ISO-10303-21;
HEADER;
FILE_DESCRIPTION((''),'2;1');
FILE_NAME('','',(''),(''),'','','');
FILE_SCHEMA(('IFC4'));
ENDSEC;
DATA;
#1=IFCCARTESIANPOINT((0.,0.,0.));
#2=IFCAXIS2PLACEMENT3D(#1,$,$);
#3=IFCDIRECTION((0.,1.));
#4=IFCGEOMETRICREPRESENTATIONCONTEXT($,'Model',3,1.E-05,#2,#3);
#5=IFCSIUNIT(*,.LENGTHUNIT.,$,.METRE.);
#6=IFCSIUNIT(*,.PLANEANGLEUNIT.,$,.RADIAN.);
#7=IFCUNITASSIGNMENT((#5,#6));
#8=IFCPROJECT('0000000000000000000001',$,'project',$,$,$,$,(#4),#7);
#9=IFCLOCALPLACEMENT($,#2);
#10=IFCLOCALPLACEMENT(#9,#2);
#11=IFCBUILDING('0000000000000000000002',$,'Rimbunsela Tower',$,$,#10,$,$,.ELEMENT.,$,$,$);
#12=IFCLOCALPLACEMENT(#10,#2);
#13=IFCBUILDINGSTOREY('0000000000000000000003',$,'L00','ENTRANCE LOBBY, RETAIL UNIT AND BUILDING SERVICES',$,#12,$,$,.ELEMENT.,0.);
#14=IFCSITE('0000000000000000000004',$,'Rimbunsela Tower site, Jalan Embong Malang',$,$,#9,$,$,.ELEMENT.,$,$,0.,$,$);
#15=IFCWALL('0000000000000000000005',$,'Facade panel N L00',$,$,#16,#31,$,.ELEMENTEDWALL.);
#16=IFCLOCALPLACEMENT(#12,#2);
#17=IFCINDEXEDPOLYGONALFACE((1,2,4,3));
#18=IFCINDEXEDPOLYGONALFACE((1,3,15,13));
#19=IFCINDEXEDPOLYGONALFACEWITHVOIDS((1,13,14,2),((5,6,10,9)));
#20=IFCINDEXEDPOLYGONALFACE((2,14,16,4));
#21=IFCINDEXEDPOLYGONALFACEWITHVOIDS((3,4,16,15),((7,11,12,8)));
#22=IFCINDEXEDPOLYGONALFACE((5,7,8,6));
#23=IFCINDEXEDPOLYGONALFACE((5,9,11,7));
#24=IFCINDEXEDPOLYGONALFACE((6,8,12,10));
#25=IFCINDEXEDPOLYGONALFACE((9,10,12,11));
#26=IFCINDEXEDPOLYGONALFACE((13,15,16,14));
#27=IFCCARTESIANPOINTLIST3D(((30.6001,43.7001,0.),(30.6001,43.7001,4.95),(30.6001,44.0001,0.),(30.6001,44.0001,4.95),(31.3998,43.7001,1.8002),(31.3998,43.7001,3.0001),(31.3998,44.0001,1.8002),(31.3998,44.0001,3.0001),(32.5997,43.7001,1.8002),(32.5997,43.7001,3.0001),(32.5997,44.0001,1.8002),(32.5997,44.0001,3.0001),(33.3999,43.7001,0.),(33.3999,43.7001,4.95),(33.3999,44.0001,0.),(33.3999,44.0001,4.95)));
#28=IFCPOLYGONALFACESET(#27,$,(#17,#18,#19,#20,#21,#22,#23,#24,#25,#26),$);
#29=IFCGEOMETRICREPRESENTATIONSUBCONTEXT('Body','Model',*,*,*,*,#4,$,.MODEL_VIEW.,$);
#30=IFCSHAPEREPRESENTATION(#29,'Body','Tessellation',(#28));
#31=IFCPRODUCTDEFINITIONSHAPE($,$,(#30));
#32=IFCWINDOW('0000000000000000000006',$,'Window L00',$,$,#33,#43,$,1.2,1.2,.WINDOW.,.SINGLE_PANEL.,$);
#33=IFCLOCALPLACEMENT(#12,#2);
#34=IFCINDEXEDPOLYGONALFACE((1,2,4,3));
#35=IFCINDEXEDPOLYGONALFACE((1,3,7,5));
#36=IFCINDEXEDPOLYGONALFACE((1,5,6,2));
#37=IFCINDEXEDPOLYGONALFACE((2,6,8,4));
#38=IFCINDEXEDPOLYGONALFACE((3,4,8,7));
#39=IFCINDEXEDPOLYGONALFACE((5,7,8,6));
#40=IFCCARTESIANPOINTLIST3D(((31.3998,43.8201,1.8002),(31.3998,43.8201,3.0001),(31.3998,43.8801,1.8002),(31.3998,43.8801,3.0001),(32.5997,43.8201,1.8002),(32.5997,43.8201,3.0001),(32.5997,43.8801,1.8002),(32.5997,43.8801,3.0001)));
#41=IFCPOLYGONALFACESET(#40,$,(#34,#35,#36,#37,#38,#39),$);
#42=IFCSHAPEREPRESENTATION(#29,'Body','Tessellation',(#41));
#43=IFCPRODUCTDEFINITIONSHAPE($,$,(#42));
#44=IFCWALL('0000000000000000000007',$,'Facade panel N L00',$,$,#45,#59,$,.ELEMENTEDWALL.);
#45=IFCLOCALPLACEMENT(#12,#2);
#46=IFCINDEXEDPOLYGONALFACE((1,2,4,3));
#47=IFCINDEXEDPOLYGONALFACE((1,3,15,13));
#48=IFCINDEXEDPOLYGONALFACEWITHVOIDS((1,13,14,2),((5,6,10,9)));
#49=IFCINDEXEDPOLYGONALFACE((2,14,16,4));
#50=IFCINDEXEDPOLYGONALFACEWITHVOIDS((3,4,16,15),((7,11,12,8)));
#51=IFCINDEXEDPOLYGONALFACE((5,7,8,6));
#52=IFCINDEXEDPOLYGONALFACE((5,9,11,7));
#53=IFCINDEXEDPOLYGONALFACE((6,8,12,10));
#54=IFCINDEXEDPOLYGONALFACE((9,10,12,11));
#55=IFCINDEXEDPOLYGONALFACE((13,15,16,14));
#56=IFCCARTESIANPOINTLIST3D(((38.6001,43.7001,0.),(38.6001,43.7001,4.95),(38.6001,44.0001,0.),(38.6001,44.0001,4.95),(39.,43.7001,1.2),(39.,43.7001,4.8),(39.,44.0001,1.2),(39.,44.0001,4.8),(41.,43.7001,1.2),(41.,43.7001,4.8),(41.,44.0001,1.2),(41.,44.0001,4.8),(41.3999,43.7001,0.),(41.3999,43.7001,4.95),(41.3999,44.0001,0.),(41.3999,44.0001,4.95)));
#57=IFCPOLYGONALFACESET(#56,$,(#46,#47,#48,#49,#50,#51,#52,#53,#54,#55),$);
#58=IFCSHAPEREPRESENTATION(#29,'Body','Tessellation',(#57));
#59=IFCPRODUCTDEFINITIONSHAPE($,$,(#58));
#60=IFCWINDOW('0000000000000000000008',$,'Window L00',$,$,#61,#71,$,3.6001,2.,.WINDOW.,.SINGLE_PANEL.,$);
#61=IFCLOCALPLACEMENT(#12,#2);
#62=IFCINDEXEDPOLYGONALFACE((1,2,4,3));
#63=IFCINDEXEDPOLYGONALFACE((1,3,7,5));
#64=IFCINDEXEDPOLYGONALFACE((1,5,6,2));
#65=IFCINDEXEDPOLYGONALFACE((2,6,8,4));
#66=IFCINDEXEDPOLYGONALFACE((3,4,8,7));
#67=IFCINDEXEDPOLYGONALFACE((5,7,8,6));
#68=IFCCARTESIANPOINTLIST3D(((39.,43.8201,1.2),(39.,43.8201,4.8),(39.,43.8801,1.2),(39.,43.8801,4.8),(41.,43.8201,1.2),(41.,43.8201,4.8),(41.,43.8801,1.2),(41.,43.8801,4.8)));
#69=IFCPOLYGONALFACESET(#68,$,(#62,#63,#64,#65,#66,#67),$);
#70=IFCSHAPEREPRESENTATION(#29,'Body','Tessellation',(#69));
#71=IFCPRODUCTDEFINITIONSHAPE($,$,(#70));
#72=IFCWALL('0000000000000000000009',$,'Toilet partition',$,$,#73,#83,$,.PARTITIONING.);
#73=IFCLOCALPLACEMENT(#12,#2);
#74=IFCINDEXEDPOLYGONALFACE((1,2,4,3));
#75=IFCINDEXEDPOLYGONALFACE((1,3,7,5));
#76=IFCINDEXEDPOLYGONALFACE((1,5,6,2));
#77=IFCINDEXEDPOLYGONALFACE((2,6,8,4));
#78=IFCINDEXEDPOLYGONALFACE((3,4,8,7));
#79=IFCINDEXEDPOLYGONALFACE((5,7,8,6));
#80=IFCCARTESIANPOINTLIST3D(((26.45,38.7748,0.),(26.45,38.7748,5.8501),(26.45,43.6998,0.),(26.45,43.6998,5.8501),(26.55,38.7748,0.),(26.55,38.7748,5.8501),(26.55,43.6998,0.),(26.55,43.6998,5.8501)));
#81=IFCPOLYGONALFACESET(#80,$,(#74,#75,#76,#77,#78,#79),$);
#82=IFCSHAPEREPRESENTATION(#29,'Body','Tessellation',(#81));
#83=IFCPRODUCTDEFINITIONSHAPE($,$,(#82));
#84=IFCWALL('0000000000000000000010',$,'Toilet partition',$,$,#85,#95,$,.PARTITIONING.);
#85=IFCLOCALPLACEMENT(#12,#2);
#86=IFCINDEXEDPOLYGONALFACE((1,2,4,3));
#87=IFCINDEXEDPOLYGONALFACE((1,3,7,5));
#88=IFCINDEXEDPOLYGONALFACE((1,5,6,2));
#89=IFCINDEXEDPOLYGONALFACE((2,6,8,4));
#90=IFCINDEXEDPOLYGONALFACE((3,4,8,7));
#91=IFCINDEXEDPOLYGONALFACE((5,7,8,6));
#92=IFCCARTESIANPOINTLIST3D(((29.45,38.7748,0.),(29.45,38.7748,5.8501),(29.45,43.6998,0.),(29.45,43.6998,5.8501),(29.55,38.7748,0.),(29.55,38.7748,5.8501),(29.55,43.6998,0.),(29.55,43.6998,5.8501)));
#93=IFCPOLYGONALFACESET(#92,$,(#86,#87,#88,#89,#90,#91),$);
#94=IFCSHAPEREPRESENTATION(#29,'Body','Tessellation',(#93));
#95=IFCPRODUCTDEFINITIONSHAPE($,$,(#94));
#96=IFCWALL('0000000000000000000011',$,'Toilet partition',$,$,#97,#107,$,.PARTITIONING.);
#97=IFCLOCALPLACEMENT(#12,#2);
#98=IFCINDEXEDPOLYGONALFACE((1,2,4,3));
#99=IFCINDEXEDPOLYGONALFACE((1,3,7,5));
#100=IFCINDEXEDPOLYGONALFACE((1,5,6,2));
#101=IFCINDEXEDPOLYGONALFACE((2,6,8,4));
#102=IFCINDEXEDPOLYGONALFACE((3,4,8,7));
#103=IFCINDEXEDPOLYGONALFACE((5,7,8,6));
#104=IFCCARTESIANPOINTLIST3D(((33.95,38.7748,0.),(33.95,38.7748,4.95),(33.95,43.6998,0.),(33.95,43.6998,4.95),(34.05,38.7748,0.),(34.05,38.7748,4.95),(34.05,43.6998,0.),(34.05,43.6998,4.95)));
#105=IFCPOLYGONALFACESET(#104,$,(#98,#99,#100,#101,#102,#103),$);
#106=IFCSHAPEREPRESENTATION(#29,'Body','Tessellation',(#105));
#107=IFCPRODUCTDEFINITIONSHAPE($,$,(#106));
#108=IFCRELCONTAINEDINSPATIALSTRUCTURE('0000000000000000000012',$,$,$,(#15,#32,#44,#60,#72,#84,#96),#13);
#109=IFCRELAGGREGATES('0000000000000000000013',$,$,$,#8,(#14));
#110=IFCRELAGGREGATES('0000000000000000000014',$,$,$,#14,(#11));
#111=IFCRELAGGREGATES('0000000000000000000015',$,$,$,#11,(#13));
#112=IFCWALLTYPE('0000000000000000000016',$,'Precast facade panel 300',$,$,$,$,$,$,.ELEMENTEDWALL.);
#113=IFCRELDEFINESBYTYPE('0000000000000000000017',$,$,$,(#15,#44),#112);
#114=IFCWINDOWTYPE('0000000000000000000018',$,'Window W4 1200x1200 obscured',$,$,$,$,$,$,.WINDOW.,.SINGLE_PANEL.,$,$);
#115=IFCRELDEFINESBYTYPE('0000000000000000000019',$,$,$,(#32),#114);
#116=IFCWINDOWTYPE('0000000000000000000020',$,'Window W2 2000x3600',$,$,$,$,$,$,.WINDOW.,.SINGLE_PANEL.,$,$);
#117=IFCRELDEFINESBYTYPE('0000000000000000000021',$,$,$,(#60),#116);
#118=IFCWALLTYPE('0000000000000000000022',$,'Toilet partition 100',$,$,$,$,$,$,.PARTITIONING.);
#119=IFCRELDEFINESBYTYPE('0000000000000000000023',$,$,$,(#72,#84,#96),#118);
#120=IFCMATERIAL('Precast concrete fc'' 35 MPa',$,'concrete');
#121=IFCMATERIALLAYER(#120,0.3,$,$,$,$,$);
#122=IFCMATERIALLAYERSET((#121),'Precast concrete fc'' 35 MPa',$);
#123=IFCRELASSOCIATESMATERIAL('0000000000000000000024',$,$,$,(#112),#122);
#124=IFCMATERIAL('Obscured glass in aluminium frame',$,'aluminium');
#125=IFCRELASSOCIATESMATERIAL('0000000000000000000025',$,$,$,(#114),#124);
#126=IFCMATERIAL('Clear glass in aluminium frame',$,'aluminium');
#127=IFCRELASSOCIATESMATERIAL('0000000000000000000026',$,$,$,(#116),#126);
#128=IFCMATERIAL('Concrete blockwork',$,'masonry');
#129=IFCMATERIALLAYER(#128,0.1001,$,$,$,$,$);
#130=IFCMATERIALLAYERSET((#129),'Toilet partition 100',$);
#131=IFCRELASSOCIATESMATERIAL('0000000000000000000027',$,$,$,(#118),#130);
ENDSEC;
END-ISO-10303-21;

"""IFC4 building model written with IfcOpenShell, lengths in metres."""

from ifc_helpers import new_model, si_unit, direction, frame, frame_2d, origin, place, context, subcontext, project, spatial, rectangle, extrude, material, layer, layer_set, type_object, element, fill, save


model = new_model("IFC4")

# Units and contexts
model_context = context("Model", 3, precision=1e-05, world=origin(), true_north=direction((0.0, 1.0)))
body_context = subcontext(model_context, "Body", "Model", "MODEL_VIEW")
ifc_project = project(units=[si_unit("LENGTHUNIT", "METRE"), si_unit("PLANEANGLEUNIT", "RADIAN")], contexts=[model_context])

# Site, building, storey
site_placement = place(None, origin())
site = spatial("IfcSite", under=ifc_project, at=site_placement, Name="Rimbunsela Tower site, Jalan Embong Malang", CompositionType="ELEMENT", RefElevation=0.0)
building_placement = place(site_placement, origin())
building = spatial("IfcBuilding", under=site, at=building_placement, Name="Rimbunsela Tower", CompositionType="ELEMENT")
storey_placement = place(building_placement, origin())
storey = spatial("IfcBuildingStorey", under=building, at=storey_placement, Name="L00", Description="ENTRANCE LOBBY, RETAIL UNIT AND BUILDING SERVICES", CompositionType="ELEMENT", Elevation=0.0)

# Wall, opening, window
ifc_material_1 = material(Name="Precast concrete fc' 35 MPa", Category="concrete")
ifc_layer_1 = layer(ifc_material_1, 0.3)
ifc_layer_set_1 = layer_set([ifc_layer_1], Name="Precast concrete fc' 35 MPa")
wall_type_1 = type_object("IfcWallType", Name="Precast facade panel 300", PredefinedType="ELEMENTEDWALL", material=ifc_layer_set_1)
ifc_material_2 = material(Name="Obscured glass in aluminium frame", Category="aluminium")
window_type_1 = type_object("IfcWindowType", Name="Window W4 1200x1200 obscured", PartitioningType="SINGLE_PANEL", PredefinedType="WINDOW", material=ifc_material_2)
wall_1_placement = place(storey_placement, frame((33.3999, 43.8501, 0.0), z_axis=(0.0, 0.0, 1.0), x_axis=(-1.0, 0.0, 0.0)))
wall_1 = element("IfcWall", 1, at=wall_1_placement, inside=storey, type_object=wall_type_1, Name="Facade panel N L00", PredefinedType="ELEMENTEDWALL", context=body_context, shape_type="SweptSolid", body=[
    extrude(rectangle(XDim=2.7998, YDim=0.3, at=frame_2d((1.3999, 0.0))), origin(), (0.0, 0.0, 1.0), 4.95),
])
opening_1_placement = place(wall_1_placement, frame((0.8, 0.0, 1.8)))
opening_1 = element("IfcOpeningElement", 2, at=opening_1_placement, cuts=wall_1, PredefinedType="OPENING", context=body_context, shape_type="SweptSolid", body=[
    extrude(rectangle(XDim=1.2, YDim=1.2, at=frame_2d((0.6001, 0.6001))), frame((0.0, 0.1599, 0.0), z_axis=(0.0, -1.0, 0.0), x_axis=(1.0, 0.0, 0.0)), (0.0, 0.0, 1.0), 0.3201),
])
window_1_placement = place(opening_1_placement, origin())
window_1 = element("IfcWindow", 3, at=window_1_placement, inside=storey, type_object=window_type_1, Name="Window L00", OverallHeight=1.2, OverallWidth=1.2, PartitioningType="SINGLE_PANEL", PredefinedType="WINDOW", context=body_context, shape_type="SweptSolid", body=[
    extrude(rectangle(XDim=1.2, YDim=1.2, at=frame_2d((0.6001, 0.6001))), frame((0.0, 0.03, 0.0), z_axis=(0.0, -1.0, 0.0), x_axis=(1.0, 0.0, 0.0)), (0.0, 0.0, 1.0), 0.0601),
])
fill(opening_1, window_1)

# Wall, opening, window
wall_2_placement = place(storey_placement, frame((41.3999, 43.8501, 0.0), z_axis=(0.0, 0.0, 1.0), x_axis=(-1.0, 0.0, 0.0)))
wall_2 = element("IfcWall", 4, at=wall_2_placement, inside=storey, type_object=wall_type_1, Name="Facade panel N L00", PredefinedType="ELEMENTEDWALL", context=body_context, shape_type="SweptSolid", body=[
    extrude(rectangle(XDim=2.7998, YDim=0.3, at=frame_2d((1.3999, 0.0))), origin(), (0.0, 0.0, 1.0), 4.95),
])
opening_2_placement = place(wall_2_placement, frame((0.3999, 0.0, 1.2)))
opening_2 = element("IfcOpeningElement", 5, at=opening_2_placement, cuts=wall_2, PredefinedType="OPENING", context=body_context, shape_type="SweptSolid", body=[
    extrude(rectangle(XDim=2.0, YDim=3.6001, at=frame_2d((1.0, 1.8))), frame((0.0, 0.1599, 0.0), z_axis=(0.0, -1.0, 0.0), x_axis=(1.0, 0.0, 0.0)), (0.0, 0.0, 1.0), 0.3201),
])
ifc_material_3 = material(Name="Clear glass in aluminium frame", Category="aluminium")
window_type_2 = type_object("IfcWindowType", Name="Window W2 2000x3600", PartitioningType="SINGLE_PANEL", PredefinedType="WINDOW", material=ifc_material_3)
window_2_placement = place(opening_2_placement, origin())
window_2 = element("IfcWindow", 6, at=window_2_placement, inside=storey, type_object=window_type_2, Name="Window L00", OverallHeight=3.6001, OverallWidth=2.0, PartitioningType="SINGLE_PANEL", PredefinedType="WINDOW", context=body_context, shape_type="SweptSolid", body=[
    extrude(rectangle(XDim=2.0, YDim=3.6001, at=frame_2d((1.0, 1.8))), frame((0.0, 0.03, 0.0), z_axis=(0.0, -1.0, 0.0), x_axis=(1.0, 0.0, 0.0)), (0.0, 0.0, 1.0), 0.0601),
])
fill(opening_2, window_2)

# Walls
ifc_material_4 = material(Name="Concrete blockwork", Category="masonry")
ifc_layer_2 = layer(ifc_material_4, 0.1001)
ifc_layer_set_2 = layer_set([ifc_layer_2], Name="Toilet partition 100")
wall_type_2 = type_object("IfcWallType", Name="Toilet partition 100", PredefinedType="PARTITIONING", material=ifc_layer_set_2)
for number, where, z_axis, x_axis, name in (
    (7, (26.5, 38.7749, 0.0), (0.0, 0.0, 1.0), (0.0, 1.0, 0.0), "Toilet partition"),
    (8, (29.5, 38.7749, 0.0), (0.0, 0.0, 1.0), (0.0, 1.0, 0.0), "Toilet partition"),
):
    element("IfcWall", number, at=place(storey_placement, frame(where, z_axis=z_axis, x_axis=x_axis)), inside=storey, type_object=wall_type_2, Name=name, PredefinedType="PARTITIONING", context=body_context, shape_type="SweptSolid", body=[
        extrude(rectangle(XDim=4.925, YDim=0.1001, at=frame_2d((2.4624, 0.0))), origin(), (0.0, 0.0, 1.0), 5.8501),
    ])
wall_3_placement = place(storey_placement, frame((34.0, 38.7749, 0.0), z_axis=(0.0, 0.0, 1.0), x_axis=(0.0, 1.0, 0.0)))
element("IfcWall", 9, at=wall_3_placement, inside=storey, type_object=wall_type_2, Name="Toilet partition", PredefinedType="PARTITIONING", context=body_context, shape_type="SweptSolid", body=[
    extrude(rectangle(XDim=4.925, YDim=0.1001, at=frame_2d((2.4624, 0.0))), origin(), (0.0, 0.0, 1.0), 4.95),
])

save(model, "model.ifc")
